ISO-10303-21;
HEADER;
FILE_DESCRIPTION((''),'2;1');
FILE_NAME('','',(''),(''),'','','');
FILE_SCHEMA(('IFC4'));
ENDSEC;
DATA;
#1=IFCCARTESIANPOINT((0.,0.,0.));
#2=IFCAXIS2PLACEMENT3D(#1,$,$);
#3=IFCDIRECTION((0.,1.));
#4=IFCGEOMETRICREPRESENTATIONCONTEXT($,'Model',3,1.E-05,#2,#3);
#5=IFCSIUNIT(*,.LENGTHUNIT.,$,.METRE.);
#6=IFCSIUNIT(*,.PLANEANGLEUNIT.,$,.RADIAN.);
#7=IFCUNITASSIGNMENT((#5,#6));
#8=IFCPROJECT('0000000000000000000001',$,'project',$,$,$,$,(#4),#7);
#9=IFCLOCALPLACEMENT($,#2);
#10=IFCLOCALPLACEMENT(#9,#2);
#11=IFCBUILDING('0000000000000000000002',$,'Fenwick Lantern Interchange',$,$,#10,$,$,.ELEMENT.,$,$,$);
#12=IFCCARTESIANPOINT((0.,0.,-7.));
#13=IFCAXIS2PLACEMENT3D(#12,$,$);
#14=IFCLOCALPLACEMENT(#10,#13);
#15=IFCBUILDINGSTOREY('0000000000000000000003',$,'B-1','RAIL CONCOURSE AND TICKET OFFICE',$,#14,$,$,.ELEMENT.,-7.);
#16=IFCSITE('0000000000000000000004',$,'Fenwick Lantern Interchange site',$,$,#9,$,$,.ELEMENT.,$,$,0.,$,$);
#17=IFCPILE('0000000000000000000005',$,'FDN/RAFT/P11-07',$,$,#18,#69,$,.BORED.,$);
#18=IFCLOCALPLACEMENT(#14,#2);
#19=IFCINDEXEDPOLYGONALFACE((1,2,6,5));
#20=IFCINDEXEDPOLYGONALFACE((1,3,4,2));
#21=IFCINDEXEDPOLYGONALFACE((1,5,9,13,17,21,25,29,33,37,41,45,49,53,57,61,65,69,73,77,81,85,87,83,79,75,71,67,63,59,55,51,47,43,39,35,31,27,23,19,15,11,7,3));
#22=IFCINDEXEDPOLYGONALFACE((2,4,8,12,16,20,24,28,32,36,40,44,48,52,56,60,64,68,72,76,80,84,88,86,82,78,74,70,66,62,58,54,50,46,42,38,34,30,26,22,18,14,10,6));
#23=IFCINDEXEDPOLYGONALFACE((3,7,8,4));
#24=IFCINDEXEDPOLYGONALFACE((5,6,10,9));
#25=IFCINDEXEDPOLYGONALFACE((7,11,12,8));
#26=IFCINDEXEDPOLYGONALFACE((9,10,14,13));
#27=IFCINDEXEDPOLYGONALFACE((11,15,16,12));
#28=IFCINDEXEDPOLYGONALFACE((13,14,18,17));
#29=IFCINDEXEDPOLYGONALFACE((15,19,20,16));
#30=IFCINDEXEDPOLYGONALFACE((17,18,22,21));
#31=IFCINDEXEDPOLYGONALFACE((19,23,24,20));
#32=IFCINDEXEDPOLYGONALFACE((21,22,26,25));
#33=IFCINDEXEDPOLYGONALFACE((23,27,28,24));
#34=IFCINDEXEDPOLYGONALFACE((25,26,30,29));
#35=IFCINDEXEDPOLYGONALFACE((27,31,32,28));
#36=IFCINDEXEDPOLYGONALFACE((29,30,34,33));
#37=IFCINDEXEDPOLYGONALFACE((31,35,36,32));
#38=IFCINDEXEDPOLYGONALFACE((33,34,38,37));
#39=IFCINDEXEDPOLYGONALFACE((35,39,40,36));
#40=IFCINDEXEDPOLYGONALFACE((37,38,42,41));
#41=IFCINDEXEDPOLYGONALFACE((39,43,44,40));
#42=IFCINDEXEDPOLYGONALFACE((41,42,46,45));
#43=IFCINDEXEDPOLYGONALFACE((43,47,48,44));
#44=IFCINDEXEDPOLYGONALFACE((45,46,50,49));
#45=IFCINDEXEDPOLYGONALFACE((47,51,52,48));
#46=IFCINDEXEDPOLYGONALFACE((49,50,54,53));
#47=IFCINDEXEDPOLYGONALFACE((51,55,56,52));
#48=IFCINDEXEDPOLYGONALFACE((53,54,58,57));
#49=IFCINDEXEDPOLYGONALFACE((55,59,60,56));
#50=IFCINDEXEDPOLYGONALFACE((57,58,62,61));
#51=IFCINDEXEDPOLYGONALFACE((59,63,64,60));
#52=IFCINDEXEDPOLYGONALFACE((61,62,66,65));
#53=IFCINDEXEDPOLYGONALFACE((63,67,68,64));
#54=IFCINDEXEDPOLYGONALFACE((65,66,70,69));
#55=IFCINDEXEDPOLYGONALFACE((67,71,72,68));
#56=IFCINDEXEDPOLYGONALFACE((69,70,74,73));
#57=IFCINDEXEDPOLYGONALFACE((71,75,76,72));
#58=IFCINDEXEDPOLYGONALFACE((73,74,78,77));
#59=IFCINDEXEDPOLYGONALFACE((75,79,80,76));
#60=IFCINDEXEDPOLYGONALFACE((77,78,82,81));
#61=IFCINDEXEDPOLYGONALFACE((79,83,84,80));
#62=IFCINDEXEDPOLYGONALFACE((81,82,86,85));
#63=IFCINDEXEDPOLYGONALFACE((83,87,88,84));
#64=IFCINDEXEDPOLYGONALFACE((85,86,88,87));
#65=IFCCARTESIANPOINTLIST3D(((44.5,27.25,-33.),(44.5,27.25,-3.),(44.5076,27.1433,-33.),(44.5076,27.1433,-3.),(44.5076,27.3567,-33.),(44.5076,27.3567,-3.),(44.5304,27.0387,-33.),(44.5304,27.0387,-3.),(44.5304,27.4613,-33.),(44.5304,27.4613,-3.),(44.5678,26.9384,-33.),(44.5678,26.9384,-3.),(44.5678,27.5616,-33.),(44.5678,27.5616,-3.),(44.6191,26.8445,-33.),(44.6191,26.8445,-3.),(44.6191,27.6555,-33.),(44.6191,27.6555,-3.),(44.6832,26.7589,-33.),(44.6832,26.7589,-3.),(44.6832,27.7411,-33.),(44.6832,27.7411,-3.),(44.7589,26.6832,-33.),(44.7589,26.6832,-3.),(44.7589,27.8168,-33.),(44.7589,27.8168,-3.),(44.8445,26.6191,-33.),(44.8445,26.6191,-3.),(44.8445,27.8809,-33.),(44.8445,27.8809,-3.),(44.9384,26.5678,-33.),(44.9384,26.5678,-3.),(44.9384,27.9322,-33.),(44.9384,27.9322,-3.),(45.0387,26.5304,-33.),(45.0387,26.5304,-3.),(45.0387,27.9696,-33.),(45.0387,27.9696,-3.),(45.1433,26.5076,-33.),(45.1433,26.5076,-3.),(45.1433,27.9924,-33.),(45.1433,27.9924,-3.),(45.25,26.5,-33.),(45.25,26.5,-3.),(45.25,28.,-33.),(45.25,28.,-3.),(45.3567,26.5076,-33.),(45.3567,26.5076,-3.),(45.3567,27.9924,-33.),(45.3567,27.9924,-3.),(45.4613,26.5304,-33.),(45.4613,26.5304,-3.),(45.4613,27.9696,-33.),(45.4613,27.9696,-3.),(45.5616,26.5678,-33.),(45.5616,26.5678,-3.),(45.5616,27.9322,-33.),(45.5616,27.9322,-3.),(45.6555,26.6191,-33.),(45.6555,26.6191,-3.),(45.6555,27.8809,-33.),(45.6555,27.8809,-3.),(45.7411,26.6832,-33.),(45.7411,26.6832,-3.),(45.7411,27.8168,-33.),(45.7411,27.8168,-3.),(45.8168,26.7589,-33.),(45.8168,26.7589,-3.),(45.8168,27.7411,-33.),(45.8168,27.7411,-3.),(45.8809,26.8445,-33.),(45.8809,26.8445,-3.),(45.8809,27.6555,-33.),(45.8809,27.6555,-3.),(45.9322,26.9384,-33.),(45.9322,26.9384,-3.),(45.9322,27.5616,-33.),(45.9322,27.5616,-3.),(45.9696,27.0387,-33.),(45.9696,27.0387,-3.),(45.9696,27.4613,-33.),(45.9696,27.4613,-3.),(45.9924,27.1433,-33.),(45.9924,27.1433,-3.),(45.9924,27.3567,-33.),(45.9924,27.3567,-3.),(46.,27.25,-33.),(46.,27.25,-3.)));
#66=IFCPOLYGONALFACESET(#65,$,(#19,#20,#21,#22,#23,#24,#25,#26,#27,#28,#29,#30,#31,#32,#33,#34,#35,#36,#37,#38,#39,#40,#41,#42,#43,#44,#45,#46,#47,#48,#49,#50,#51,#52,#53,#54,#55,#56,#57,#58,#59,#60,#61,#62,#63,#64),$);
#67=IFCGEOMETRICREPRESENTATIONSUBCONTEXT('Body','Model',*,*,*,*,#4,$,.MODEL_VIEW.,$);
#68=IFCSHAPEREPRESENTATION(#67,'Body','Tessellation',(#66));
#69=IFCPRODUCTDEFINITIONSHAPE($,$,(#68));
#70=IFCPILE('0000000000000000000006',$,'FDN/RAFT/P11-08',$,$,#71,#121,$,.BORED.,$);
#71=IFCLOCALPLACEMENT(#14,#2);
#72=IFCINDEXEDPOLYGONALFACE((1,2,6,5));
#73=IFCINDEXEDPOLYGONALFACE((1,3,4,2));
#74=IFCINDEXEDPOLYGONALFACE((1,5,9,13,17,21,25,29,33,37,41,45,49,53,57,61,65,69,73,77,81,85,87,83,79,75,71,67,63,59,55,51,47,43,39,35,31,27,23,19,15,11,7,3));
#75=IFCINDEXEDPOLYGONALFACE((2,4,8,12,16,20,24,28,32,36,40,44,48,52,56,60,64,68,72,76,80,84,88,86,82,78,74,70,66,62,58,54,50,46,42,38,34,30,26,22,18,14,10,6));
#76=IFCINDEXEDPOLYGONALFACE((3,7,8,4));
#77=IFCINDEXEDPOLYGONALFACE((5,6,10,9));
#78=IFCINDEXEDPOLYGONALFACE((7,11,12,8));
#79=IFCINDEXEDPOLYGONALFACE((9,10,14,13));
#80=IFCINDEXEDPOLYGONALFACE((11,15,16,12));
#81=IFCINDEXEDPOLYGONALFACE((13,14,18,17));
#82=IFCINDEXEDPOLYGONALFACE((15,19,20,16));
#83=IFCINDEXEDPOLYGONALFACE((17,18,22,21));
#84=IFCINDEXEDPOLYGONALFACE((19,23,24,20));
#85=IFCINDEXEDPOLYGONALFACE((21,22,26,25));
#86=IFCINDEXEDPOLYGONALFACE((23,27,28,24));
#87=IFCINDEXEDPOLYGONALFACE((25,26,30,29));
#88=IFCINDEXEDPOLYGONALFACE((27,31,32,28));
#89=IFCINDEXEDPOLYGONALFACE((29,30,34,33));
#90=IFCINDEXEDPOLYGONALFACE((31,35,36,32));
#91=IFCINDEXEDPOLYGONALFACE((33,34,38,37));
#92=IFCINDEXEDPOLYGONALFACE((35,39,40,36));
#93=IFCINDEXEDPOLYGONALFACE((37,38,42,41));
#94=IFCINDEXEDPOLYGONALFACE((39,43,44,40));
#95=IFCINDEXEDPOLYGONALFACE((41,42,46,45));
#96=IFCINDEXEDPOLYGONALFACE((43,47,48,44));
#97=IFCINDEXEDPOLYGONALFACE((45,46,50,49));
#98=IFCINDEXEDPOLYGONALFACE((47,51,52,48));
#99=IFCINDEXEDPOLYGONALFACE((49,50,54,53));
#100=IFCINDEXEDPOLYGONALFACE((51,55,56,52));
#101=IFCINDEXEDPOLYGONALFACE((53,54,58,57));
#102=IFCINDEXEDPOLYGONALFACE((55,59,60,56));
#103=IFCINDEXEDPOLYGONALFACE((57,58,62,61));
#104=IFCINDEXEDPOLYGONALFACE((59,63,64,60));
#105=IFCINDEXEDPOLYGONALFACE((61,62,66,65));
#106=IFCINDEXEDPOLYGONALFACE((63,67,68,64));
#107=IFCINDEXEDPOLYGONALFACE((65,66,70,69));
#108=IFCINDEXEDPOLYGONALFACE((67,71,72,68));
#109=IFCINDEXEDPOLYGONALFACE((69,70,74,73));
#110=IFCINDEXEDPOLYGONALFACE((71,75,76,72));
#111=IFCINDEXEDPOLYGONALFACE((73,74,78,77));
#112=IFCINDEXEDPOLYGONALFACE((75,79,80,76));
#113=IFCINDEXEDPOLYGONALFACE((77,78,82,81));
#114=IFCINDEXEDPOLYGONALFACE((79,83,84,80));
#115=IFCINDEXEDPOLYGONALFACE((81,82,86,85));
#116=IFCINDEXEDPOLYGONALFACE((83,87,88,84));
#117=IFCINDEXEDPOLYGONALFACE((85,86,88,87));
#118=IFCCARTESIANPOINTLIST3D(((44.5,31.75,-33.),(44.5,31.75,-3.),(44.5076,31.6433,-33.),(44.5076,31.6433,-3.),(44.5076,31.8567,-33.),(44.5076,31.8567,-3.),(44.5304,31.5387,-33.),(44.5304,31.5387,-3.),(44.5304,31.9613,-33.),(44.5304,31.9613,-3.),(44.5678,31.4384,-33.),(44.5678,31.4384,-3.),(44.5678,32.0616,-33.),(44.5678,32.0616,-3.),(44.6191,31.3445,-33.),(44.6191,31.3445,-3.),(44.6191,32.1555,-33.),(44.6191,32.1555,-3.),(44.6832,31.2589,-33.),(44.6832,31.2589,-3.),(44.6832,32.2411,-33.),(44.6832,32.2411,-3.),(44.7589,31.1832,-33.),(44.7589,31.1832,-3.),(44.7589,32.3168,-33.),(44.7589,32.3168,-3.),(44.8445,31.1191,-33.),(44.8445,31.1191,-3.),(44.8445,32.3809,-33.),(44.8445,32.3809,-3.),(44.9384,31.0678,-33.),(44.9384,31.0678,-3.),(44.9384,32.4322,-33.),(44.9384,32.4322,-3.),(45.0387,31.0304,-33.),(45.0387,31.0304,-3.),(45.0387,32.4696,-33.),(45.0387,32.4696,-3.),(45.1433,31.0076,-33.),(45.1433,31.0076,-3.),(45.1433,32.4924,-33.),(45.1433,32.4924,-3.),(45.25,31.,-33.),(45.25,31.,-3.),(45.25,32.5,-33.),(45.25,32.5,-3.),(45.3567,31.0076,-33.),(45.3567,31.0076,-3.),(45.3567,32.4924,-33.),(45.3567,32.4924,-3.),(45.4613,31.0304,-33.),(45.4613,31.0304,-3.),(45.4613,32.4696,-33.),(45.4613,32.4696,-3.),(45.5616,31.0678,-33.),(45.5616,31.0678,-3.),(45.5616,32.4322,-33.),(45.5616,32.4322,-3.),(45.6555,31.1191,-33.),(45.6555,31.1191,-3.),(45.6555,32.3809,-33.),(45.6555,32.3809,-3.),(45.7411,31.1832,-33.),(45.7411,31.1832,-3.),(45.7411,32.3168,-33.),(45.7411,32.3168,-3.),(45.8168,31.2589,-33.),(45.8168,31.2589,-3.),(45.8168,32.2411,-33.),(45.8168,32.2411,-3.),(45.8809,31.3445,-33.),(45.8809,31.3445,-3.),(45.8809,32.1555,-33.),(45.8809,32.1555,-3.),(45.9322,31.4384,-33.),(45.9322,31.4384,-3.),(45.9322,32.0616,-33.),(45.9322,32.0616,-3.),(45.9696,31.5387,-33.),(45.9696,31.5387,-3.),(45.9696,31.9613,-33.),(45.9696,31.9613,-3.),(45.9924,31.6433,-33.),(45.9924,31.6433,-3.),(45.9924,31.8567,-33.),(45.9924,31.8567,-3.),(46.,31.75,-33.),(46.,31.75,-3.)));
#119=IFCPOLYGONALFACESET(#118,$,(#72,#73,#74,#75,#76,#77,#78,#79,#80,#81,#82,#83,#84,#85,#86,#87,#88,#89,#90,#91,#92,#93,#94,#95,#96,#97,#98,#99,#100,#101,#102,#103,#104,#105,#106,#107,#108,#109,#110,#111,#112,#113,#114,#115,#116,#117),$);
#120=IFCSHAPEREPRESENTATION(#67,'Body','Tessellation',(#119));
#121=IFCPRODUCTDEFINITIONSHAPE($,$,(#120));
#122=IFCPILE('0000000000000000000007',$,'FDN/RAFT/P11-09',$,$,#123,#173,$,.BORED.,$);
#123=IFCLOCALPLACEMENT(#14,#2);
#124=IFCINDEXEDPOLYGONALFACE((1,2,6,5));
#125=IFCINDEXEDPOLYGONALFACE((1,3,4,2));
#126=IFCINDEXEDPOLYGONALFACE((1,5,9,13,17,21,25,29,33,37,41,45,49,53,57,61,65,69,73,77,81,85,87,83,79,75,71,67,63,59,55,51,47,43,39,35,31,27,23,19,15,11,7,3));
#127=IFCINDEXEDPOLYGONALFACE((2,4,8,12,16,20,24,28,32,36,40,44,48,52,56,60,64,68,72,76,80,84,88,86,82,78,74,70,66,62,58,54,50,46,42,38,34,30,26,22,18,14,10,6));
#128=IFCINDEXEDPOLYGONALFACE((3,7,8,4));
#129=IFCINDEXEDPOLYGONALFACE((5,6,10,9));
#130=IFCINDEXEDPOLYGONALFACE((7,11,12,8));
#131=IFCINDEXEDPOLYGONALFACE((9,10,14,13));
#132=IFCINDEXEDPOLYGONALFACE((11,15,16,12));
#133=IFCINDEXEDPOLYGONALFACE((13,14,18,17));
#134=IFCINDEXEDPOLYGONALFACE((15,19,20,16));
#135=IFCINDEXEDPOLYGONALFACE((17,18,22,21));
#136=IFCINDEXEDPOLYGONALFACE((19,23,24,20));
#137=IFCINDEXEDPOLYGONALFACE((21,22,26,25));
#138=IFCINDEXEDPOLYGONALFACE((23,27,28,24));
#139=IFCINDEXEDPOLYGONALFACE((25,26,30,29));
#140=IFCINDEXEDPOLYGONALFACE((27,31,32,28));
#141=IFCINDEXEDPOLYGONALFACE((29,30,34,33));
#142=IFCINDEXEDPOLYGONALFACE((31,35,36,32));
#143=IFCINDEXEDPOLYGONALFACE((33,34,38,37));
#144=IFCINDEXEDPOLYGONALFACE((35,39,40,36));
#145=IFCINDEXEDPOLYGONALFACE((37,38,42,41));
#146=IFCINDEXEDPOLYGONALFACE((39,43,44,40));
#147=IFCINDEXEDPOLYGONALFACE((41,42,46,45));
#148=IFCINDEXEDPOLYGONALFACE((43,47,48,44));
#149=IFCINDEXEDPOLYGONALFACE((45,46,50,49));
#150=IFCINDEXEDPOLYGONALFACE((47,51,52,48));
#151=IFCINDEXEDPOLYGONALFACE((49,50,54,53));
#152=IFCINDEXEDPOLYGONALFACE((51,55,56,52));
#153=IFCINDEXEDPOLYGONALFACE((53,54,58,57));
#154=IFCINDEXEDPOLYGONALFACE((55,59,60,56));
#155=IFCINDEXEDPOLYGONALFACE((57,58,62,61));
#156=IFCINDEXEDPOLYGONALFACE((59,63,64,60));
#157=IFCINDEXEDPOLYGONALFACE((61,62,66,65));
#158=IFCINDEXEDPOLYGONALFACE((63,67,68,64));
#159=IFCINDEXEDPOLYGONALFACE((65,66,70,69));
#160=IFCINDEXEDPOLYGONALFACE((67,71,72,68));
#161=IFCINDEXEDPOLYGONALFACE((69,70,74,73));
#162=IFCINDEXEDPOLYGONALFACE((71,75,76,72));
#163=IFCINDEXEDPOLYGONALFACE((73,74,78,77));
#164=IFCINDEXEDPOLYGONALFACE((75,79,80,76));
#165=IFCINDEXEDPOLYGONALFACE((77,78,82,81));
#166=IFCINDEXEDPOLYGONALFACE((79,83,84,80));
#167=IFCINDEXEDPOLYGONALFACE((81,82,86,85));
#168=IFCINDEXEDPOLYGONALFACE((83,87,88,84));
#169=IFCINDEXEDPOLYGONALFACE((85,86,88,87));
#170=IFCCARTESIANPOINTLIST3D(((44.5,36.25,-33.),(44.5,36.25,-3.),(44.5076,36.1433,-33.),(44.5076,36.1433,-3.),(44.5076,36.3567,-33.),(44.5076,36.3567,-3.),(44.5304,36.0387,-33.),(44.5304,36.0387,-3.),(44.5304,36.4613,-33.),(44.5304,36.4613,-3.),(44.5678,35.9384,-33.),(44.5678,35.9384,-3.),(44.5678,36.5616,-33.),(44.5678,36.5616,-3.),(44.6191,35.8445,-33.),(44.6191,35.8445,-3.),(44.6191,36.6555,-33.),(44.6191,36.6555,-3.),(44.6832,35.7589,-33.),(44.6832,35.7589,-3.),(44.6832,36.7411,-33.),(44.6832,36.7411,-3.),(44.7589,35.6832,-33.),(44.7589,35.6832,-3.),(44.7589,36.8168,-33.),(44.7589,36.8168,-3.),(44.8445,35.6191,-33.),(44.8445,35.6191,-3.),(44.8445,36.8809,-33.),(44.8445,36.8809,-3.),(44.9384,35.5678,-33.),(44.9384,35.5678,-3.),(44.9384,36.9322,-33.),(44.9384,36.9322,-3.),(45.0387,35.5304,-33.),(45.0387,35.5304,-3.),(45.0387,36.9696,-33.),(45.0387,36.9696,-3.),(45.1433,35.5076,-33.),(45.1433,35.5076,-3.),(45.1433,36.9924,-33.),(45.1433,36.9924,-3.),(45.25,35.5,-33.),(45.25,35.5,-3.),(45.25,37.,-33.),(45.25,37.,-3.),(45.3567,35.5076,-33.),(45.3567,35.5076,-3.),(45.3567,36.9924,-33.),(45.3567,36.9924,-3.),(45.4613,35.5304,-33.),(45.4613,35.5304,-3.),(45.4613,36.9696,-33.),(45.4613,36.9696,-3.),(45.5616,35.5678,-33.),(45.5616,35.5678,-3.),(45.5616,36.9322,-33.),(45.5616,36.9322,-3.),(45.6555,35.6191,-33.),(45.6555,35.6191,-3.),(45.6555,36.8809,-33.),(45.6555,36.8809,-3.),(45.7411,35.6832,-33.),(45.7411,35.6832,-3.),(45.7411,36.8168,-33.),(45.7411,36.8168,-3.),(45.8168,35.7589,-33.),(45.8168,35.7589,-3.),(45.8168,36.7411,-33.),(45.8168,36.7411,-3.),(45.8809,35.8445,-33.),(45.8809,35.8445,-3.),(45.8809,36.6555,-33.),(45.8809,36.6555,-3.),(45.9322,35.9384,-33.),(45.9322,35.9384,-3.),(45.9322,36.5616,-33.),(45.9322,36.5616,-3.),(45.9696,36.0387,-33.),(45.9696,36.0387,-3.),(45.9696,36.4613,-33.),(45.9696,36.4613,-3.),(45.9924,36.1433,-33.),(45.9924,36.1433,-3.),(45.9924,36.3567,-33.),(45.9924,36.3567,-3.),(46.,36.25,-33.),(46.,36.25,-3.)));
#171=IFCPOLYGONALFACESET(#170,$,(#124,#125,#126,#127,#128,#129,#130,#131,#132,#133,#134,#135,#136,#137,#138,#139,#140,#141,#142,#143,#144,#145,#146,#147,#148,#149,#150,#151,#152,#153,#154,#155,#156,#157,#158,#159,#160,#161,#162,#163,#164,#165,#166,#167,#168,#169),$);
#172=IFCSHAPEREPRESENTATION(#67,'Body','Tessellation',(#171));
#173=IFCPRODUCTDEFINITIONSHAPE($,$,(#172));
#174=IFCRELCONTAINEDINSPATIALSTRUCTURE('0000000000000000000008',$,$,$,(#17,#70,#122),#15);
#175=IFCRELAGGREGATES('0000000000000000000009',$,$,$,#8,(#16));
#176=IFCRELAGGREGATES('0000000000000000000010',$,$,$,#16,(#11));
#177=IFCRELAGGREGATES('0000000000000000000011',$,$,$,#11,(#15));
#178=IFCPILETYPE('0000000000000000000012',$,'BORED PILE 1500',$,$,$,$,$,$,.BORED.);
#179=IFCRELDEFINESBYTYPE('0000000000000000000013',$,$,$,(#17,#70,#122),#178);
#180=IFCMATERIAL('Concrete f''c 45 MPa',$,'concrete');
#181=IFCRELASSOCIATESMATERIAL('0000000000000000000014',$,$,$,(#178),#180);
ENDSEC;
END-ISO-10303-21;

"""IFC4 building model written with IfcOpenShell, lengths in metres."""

from ifc_helpers import new_model, si_unit, direction, frame, origin, origin_2d, place, context, subcontext, project, spatial, circle, extrude, material, type_object, element, save


model = new_model("IFC4")

# Units and contexts
model_context = context("Model", 3, precision=1e-05, world=origin(), true_north=direction((0.0, 1.0)))
body_context = subcontext(model_context, "Body", "Model", "MODEL_VIEW")
ifc_project = project(units=[si_unit("LENGTHUNIT", "METRE"), si_unit("PLANEANGLEUNIT", "RADIAN")], contexts=[model_context])

# Site, building, storey
site_placement = place(None, origin())
site = spatial("IfcSite", under=ifc_project, at=site_placement, Name="Fenwick Lantern Interchange site", CompositionType="ELEMENT", RefElevation=0.0)
building_placement = place(site_placement, origin())
building = spatial("IfcBuilding", under=site, at=building_placement, Name="Fenwick Lantern Interchange", CompositionType="ELEMENT")
storey_placement = place(building_placement, frame((0.0, 0.0, -7.0)))
storey = spatial("IfcBuildingStorey", under=building, at=storey_placement, Name="B-1", Description="RAIL CONCOURSE AND TICKET OFFICE", CompositionType="ELEMENT", Elevation=-7.0)

# Piles
ifc_material_1 = material(Name="Concrete f'c 45 MPa", Category="concrete")
pile_type_1 = type_object("IfcPileType", Name="BORED PILE 1500", PredefinedType="BORED", material=ifc_material_1)
for number, where, z_axis, x_axis, name in (
    (1, (45.25, 27.25, -3.0), (0.0, 0.0, -1.0), (1.0, 0.0, 0.0), "FDN/RAFT/P11-07"),
    (2, (45.25, 31.75, -3.0), (0.0, 0.0, -1.0), (1.0, 0.0, 0.0), "FDN/RAFT/P11-08"),
    (3, (45.25, 36.25, -3.0), (0.0, 0.0, -1.0), (1.0, 0.0, 0.0), "FDN/RAFT/P11-09"),
):
    element("IfcPile", number, at=place(storey_placement, frame(where, z_axis=z_axis, x_axis=x_axis)), inside=storey, type_object=pile_type_1, Name=name, PredefinedType="BORED", context=body_context, shape_type="SweptSolid", body=[
        extrude(circle(Radius=0.75, at=origin_2d()), origin(), (0.0, 0.0, 1.0), 30.0),
    ])

save(model, "model.ifc")
